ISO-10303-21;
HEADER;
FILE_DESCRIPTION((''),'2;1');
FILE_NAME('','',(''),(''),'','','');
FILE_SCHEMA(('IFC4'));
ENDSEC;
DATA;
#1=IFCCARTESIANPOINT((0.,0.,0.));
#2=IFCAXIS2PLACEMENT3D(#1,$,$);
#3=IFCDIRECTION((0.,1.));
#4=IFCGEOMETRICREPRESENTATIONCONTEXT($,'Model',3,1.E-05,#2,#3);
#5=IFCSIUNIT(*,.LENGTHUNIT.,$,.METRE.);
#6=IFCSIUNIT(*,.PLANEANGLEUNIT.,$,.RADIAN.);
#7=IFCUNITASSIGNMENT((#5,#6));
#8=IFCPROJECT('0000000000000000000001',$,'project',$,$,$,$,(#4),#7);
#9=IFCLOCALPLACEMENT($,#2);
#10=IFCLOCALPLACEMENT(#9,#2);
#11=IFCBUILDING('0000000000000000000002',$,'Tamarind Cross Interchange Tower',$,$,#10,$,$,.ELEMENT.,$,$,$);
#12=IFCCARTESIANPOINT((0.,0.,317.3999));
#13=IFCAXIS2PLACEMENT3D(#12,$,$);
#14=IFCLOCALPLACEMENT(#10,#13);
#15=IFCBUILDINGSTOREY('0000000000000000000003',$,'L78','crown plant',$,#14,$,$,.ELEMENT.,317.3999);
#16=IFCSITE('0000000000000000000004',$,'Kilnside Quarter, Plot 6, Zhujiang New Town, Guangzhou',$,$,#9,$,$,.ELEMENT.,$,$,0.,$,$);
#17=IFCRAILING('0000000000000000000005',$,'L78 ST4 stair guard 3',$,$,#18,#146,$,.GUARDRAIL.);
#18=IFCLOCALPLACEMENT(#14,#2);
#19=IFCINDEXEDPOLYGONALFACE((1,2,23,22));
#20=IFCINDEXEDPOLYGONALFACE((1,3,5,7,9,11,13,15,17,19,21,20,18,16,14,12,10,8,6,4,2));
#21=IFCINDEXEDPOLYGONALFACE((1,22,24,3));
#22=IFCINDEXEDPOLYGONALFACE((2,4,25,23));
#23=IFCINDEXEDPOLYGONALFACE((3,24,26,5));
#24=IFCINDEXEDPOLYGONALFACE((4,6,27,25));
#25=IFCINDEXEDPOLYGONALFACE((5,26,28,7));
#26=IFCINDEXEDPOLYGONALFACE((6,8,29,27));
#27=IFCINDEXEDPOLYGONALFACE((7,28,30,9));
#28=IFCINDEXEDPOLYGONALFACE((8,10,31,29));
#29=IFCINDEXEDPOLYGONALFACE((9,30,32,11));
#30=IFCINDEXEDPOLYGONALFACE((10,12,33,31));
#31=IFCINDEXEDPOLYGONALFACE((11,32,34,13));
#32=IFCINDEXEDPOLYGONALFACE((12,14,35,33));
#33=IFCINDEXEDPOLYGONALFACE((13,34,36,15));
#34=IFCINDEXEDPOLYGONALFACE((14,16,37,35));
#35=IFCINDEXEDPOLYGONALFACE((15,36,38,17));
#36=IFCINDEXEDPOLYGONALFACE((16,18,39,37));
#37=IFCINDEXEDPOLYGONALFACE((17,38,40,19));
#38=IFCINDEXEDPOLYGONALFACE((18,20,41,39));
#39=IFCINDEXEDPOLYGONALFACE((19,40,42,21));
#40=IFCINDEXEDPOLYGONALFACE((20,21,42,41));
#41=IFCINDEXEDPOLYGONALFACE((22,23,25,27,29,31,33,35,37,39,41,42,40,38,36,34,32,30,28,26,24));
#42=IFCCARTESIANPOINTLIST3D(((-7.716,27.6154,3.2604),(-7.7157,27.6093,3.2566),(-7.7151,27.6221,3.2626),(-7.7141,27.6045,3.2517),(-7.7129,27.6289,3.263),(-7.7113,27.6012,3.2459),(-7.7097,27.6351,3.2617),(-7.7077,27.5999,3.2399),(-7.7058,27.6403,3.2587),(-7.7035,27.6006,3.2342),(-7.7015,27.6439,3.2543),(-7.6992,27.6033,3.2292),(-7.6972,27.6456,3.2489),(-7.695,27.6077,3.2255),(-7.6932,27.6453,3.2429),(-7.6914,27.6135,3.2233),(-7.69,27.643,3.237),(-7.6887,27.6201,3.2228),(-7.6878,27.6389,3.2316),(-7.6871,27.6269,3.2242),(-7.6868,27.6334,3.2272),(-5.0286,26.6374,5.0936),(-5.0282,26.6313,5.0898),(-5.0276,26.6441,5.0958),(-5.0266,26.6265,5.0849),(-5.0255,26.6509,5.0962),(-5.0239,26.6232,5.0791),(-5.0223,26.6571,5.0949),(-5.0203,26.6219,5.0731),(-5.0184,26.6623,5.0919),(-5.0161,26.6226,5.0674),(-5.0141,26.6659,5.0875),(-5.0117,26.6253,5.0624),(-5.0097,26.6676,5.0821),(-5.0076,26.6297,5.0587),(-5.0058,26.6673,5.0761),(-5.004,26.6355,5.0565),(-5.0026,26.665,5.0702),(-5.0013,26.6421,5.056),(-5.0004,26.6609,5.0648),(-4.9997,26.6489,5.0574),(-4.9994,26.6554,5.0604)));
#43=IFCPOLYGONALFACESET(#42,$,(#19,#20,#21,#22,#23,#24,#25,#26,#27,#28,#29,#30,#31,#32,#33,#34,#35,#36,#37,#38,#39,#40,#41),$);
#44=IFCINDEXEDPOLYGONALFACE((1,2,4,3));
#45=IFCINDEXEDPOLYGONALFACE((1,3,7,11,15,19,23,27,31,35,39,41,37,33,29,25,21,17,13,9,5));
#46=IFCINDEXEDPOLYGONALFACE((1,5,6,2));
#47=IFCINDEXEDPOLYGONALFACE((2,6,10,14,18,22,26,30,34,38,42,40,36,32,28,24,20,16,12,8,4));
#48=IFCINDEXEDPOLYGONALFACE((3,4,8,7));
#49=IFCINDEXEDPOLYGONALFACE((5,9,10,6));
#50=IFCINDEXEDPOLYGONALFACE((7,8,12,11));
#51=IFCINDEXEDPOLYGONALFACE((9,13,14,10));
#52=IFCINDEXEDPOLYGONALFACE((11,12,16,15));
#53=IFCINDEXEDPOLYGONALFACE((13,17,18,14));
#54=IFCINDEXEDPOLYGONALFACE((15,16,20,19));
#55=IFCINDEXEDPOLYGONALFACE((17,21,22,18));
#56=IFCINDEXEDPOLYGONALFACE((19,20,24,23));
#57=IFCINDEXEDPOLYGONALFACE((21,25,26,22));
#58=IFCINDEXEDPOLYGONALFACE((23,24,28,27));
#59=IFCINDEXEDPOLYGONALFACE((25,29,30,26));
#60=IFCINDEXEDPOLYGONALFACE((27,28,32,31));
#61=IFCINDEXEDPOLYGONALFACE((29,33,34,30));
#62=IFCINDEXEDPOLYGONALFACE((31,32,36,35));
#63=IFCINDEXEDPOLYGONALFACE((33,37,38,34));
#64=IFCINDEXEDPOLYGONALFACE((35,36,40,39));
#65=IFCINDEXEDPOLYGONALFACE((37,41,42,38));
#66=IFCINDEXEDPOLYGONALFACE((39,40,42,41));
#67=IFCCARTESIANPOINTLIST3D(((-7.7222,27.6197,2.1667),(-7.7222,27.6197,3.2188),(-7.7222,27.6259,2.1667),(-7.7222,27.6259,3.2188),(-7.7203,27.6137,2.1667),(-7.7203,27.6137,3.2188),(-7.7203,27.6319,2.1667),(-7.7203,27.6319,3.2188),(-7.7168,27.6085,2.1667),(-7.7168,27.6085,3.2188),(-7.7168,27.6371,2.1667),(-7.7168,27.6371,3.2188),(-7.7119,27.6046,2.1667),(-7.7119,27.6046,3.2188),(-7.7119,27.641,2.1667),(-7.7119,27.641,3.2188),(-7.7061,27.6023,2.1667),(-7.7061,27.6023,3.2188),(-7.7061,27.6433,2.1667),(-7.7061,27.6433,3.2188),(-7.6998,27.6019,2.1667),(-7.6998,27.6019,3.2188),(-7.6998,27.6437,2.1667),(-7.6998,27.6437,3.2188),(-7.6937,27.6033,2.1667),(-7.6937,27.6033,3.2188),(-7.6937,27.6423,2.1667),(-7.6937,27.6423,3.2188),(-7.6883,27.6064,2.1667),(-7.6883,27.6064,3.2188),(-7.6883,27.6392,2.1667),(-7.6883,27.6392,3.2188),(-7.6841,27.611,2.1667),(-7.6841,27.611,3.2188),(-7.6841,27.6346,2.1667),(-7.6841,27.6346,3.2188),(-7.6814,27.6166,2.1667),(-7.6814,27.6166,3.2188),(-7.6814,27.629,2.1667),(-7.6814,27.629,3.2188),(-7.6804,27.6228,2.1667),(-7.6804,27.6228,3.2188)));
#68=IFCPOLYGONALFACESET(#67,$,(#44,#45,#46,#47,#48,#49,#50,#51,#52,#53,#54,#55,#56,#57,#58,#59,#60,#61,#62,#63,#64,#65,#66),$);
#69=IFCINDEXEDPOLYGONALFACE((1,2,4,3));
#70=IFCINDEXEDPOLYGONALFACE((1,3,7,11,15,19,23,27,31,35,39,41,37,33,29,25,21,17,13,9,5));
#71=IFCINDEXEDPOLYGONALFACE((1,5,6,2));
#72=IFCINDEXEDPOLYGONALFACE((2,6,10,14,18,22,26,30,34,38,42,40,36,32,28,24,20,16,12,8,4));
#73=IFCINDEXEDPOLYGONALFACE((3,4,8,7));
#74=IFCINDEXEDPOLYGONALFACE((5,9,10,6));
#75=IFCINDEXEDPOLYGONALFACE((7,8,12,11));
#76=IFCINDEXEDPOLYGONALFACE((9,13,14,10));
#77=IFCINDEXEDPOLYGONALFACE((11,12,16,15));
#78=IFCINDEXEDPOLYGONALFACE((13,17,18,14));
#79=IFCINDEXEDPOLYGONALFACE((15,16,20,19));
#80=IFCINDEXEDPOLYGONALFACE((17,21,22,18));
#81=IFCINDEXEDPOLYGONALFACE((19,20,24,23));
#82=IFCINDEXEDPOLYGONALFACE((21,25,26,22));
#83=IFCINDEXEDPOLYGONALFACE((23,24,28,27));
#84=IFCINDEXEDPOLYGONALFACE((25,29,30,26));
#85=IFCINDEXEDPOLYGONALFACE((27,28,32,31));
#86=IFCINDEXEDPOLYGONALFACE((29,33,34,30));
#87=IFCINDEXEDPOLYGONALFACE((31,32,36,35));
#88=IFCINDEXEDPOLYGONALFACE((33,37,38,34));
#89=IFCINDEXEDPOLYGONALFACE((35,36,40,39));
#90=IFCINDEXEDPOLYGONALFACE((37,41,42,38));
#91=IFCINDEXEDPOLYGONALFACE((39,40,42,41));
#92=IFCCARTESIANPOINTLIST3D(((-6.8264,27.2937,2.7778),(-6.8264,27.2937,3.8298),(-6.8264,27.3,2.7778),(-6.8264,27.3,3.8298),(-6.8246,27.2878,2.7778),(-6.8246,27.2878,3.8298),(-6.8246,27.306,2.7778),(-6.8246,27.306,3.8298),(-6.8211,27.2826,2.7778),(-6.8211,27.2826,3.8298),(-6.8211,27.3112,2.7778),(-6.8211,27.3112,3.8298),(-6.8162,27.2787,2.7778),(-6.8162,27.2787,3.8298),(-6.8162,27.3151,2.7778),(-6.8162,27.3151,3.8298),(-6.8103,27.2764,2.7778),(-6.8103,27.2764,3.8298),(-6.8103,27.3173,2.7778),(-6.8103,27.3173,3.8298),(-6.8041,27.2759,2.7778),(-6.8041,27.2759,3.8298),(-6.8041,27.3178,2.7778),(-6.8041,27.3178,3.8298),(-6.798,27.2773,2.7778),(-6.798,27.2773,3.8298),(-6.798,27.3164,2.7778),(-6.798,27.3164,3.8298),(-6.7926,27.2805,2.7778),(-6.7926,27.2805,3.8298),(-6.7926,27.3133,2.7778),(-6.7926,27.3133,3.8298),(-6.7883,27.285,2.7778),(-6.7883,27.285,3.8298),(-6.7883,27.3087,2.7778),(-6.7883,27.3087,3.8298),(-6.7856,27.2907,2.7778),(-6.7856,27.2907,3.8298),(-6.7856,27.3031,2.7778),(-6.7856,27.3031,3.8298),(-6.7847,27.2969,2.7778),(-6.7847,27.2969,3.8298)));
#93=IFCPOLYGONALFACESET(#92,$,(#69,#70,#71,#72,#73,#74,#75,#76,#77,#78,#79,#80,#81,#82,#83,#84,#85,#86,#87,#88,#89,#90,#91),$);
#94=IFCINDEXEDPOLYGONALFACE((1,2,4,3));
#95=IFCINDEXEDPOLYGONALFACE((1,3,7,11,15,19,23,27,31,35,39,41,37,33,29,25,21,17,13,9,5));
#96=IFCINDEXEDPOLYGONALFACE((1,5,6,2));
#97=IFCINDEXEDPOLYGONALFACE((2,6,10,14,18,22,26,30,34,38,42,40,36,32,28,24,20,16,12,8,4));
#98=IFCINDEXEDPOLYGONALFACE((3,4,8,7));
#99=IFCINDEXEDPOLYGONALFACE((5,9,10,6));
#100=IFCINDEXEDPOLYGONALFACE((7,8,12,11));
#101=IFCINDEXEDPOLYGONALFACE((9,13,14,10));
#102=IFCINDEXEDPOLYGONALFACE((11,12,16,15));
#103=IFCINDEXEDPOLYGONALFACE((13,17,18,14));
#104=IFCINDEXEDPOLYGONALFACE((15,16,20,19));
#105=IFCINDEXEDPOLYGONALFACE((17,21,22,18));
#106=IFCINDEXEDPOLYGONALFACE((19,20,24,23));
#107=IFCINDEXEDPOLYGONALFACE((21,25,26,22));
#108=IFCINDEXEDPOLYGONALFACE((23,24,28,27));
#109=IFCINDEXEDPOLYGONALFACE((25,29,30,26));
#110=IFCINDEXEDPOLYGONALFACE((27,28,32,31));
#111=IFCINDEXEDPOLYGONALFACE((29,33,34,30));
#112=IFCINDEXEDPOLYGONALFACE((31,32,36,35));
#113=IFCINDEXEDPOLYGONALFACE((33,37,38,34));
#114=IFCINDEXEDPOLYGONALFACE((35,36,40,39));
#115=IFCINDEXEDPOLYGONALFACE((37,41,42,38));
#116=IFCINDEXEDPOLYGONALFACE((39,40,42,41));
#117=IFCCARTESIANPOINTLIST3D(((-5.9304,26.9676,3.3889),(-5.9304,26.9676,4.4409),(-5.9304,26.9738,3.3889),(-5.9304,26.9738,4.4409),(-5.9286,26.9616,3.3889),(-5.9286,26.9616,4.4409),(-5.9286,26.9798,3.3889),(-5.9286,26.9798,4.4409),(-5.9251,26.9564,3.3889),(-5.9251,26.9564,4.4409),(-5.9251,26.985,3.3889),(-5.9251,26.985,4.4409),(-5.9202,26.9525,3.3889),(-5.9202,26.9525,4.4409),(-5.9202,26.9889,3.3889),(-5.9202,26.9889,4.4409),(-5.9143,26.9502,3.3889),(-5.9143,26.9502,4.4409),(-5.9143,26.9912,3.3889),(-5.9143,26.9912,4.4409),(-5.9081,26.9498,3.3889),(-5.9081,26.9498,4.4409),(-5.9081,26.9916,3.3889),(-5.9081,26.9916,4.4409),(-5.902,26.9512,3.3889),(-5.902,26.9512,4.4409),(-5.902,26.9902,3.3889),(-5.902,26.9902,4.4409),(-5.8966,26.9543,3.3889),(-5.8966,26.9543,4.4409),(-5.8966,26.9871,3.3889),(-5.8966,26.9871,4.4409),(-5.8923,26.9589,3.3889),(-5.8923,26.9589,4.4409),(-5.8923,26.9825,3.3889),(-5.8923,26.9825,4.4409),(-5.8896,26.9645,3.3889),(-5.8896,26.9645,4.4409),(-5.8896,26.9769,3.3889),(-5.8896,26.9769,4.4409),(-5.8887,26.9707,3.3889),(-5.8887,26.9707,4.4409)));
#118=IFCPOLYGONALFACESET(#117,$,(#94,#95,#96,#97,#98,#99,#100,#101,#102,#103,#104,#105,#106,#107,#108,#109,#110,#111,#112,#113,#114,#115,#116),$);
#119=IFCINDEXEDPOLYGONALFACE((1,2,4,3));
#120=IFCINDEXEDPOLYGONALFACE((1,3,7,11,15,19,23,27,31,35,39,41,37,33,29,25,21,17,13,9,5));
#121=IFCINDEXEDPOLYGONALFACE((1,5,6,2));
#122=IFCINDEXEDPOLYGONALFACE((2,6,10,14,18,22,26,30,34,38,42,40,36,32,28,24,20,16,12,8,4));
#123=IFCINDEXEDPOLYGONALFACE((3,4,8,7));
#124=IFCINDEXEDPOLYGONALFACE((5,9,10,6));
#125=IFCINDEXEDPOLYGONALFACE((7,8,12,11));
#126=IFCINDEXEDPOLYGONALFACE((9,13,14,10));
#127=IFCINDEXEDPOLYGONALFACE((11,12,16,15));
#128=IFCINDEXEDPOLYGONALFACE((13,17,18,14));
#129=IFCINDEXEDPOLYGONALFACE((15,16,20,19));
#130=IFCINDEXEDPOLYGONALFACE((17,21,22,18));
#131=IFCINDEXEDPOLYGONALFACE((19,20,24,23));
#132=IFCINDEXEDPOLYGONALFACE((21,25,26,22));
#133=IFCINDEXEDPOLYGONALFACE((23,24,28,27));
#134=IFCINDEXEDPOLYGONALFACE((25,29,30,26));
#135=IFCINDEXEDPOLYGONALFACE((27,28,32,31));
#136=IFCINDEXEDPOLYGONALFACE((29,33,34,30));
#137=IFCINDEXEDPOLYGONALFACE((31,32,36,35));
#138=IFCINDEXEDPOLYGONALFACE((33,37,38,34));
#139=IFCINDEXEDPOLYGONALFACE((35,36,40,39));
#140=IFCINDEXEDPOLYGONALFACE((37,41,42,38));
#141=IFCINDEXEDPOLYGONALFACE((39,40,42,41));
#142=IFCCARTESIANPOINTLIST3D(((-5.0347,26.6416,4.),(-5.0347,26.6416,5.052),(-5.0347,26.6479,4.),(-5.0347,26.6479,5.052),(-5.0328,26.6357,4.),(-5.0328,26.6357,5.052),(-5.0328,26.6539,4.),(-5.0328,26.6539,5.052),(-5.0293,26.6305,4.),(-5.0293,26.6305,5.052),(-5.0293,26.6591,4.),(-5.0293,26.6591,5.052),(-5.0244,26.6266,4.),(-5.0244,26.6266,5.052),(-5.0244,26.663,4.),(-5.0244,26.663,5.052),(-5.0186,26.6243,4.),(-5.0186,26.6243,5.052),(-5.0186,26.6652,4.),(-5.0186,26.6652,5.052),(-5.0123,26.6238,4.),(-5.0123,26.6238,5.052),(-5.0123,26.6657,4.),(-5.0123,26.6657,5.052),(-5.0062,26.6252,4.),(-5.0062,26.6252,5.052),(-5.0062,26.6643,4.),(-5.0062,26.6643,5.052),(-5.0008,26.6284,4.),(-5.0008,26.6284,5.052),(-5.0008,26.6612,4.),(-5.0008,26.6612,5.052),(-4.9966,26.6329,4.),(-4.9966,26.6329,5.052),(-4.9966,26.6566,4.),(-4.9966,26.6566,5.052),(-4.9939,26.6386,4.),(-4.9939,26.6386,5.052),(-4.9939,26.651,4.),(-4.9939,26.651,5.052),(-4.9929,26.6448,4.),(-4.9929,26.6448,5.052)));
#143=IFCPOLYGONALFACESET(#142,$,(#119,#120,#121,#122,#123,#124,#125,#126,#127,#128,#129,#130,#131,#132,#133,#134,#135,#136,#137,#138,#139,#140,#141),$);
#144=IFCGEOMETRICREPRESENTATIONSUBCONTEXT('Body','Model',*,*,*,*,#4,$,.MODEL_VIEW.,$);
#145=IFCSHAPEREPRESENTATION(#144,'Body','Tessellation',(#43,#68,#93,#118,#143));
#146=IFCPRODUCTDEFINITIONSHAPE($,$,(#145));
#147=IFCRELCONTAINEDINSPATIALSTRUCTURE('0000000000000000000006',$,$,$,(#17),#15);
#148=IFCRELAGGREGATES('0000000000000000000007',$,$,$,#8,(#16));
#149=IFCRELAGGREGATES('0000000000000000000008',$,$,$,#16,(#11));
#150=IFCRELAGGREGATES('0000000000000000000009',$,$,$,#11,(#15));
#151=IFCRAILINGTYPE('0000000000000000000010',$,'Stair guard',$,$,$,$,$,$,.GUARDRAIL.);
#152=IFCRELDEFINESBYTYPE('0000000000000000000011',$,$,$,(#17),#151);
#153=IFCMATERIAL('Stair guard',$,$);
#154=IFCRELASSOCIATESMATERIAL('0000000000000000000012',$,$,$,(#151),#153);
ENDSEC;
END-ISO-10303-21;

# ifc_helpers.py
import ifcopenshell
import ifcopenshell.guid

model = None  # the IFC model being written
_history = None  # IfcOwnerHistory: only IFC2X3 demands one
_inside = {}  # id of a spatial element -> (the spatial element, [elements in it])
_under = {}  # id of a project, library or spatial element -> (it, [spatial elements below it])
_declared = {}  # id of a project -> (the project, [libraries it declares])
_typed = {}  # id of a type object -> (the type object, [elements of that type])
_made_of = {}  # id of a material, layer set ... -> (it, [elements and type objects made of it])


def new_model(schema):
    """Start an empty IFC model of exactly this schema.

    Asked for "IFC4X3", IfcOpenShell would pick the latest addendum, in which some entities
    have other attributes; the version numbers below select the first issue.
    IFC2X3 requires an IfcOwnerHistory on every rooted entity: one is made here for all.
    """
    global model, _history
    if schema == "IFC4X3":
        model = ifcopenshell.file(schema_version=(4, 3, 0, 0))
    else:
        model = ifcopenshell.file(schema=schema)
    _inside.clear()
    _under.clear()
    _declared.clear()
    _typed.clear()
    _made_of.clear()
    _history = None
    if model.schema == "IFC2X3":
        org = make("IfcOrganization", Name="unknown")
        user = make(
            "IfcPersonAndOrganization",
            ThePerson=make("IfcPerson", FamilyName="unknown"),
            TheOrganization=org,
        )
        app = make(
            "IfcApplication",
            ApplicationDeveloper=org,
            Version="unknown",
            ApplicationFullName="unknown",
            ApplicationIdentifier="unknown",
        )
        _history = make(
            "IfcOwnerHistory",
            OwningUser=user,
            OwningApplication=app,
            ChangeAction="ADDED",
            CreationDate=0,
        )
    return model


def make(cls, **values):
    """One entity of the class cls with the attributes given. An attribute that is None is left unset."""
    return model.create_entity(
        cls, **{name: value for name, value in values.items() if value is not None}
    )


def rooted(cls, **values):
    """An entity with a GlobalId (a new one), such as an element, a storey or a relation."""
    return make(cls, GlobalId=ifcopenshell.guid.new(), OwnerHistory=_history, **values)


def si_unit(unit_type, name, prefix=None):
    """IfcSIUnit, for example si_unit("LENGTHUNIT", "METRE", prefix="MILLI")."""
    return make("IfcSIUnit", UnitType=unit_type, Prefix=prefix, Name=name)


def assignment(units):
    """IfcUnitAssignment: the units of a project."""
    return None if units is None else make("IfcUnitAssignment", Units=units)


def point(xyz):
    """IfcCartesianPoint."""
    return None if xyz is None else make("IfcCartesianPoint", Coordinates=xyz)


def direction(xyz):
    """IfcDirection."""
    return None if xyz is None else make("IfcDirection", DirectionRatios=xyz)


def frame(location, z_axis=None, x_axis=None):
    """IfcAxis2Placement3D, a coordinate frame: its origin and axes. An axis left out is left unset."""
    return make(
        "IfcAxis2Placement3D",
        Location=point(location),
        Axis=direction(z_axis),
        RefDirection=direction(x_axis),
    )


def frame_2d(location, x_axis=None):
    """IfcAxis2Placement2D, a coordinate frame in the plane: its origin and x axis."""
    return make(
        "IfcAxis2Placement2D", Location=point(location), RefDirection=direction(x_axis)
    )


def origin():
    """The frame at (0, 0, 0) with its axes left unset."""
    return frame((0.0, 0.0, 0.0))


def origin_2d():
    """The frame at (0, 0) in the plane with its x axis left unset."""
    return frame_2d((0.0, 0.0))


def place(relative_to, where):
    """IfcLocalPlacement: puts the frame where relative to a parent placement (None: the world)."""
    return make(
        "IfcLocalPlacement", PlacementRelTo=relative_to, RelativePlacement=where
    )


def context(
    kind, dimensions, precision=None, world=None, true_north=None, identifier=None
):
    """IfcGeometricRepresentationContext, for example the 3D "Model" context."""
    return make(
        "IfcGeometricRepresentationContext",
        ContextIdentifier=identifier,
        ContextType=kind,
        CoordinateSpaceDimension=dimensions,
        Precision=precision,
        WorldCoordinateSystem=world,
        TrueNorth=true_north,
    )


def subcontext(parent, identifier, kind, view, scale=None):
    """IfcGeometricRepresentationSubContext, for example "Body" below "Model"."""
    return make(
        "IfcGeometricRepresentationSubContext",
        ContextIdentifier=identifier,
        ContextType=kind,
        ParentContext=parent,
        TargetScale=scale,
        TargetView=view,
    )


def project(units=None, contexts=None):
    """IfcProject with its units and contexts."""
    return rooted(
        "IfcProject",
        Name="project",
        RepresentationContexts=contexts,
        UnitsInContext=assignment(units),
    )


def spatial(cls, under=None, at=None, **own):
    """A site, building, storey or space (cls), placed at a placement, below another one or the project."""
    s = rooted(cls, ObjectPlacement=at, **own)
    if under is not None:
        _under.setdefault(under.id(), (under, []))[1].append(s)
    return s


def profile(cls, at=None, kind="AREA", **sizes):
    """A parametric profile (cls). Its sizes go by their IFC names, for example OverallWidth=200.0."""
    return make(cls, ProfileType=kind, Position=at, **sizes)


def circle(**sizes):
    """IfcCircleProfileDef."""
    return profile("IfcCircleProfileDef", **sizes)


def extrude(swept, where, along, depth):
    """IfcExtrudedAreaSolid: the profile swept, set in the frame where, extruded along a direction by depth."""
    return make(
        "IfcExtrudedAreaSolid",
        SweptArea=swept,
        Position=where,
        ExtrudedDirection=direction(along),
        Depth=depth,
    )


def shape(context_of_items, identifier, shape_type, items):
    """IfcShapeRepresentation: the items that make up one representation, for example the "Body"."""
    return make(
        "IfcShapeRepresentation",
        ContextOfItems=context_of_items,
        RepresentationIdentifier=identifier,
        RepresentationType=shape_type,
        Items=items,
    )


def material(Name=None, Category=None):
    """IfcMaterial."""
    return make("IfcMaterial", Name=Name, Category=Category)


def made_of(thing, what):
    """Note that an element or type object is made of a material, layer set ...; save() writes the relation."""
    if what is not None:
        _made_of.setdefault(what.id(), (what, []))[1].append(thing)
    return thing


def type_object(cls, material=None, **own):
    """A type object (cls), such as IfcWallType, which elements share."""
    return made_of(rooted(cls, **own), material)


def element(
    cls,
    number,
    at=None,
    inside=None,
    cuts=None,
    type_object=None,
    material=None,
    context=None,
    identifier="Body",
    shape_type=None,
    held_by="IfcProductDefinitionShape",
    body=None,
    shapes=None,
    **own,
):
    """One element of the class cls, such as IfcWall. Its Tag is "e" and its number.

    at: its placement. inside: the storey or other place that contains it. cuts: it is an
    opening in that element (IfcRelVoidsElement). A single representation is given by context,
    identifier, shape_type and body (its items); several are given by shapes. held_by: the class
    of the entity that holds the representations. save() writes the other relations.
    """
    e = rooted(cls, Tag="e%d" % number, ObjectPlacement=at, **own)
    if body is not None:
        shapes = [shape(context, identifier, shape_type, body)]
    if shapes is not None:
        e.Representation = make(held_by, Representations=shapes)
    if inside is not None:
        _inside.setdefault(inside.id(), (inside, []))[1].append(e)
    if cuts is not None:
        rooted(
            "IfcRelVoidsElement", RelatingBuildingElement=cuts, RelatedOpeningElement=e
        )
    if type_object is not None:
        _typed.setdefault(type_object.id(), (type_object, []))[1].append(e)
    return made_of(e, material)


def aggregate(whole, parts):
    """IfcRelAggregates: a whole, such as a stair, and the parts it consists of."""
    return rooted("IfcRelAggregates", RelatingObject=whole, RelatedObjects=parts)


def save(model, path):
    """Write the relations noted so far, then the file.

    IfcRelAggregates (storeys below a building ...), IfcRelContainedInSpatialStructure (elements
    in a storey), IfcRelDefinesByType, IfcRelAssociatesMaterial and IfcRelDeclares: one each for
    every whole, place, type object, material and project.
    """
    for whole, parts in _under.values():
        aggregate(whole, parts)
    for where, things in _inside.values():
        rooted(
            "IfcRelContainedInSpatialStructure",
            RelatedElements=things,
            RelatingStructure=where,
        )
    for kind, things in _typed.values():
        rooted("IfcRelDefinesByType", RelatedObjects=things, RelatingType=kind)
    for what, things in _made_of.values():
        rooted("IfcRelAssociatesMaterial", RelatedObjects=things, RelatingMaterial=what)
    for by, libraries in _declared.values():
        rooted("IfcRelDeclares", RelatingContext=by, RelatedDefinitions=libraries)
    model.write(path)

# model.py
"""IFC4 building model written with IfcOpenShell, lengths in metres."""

from ifc_helpers import new_model, si_unit, direction, frame, origin, origin_2d, place, context, subcontext, project, spatial, circle, extrude, material, type_object, element, save


model = new_model("IFC4")

# Units and contexts
model_context = context("Model", 3, precision=1e-05, world=origin(), true_north=direction((0.0, 1.0)))
body_context = subcontext(model_context, "Body", "Model", "MODEL_VIEW")
ifc_project = project(units=[si_unit("LENGTHUNIT", "METRE"), si_unit("PLANEANGLEUNIT", "RADIAN")], contexts=[model_context])

# Site, building, storey
site_placement = place(None, origin())
site = spatial("IfcSite", under=ifc_project, at=site_placement, Name="Kilnside Quarter, Plot 6, Zhujiang New Town, Guangzhou", CompositionType="ELEMENT", RefElevation=0.0)
building_placement = place(site_placement, origin())
building = spatial("IfcBuilding", under=site, at=building_placement, Name="Tamarind Cross Interchange Tower", CompositionType="ELEMENT")
storey_placement = place(building_placement, frame((0.0, 0.0, 317.3999)))
storey = spatial("IfcBuildingStorey", under=building, at=storey_placement, Name="L78", Description="crown plant", CompositionType="ELEMENT", Elevation=317.3999)

# Railing
ifc_material_1 = material(Name="Stair guard")
railing_type_1 = type_object("IfcRailingType", Name="Stair guard", PredefinedType="GUARDRAIL", material=ifc_material_1)
railing_1_placement = place(storey_placement, frame((-7.7014, 27.6228, 2.1667)))
element("IfcRailing", 1, at=railing_1_placement, inside=storey, type_object=railing_type_1, Name="L78 ST4 stair guard 3", PredefinedType="GUARDRAIL", context=body_context, shape_type="SweptSolid", body=[
    extrude(circle(Radius=0.0239, at=origin_2d()), frame((0.0, 0.0, 1.0762), z_axis=(0.791126, -0.287904, 0.539659), x_axis=(0.341976, 0.939709, 0.0)), (0.0, 0.0, 1.0), 3.397),
    extrude(circle(Radius=0.021, at=origin_2d()), origin(), (0.0, 0.0, 1.0), 1.052),
    extrude(circle(Radius=0.021, at=origin_2d()), frame((0.8958, -0.3259, 0.6111)), (0.0, 0.0, 1.0), 1.052),
    extrude(circle(Radius=0.021, at=origin_2d()), frame((1.7917, -0.6521, 1.2222)), (0.0, 0.0, 1.0), 1.052),
    extrude(circle(Radius=0.021, at=origin_2d()), frame((2.6875, -0.978, 1.8333)), (0.0, 0.0, 1.0), 1.052),
])

save(model, "model.ifc")
